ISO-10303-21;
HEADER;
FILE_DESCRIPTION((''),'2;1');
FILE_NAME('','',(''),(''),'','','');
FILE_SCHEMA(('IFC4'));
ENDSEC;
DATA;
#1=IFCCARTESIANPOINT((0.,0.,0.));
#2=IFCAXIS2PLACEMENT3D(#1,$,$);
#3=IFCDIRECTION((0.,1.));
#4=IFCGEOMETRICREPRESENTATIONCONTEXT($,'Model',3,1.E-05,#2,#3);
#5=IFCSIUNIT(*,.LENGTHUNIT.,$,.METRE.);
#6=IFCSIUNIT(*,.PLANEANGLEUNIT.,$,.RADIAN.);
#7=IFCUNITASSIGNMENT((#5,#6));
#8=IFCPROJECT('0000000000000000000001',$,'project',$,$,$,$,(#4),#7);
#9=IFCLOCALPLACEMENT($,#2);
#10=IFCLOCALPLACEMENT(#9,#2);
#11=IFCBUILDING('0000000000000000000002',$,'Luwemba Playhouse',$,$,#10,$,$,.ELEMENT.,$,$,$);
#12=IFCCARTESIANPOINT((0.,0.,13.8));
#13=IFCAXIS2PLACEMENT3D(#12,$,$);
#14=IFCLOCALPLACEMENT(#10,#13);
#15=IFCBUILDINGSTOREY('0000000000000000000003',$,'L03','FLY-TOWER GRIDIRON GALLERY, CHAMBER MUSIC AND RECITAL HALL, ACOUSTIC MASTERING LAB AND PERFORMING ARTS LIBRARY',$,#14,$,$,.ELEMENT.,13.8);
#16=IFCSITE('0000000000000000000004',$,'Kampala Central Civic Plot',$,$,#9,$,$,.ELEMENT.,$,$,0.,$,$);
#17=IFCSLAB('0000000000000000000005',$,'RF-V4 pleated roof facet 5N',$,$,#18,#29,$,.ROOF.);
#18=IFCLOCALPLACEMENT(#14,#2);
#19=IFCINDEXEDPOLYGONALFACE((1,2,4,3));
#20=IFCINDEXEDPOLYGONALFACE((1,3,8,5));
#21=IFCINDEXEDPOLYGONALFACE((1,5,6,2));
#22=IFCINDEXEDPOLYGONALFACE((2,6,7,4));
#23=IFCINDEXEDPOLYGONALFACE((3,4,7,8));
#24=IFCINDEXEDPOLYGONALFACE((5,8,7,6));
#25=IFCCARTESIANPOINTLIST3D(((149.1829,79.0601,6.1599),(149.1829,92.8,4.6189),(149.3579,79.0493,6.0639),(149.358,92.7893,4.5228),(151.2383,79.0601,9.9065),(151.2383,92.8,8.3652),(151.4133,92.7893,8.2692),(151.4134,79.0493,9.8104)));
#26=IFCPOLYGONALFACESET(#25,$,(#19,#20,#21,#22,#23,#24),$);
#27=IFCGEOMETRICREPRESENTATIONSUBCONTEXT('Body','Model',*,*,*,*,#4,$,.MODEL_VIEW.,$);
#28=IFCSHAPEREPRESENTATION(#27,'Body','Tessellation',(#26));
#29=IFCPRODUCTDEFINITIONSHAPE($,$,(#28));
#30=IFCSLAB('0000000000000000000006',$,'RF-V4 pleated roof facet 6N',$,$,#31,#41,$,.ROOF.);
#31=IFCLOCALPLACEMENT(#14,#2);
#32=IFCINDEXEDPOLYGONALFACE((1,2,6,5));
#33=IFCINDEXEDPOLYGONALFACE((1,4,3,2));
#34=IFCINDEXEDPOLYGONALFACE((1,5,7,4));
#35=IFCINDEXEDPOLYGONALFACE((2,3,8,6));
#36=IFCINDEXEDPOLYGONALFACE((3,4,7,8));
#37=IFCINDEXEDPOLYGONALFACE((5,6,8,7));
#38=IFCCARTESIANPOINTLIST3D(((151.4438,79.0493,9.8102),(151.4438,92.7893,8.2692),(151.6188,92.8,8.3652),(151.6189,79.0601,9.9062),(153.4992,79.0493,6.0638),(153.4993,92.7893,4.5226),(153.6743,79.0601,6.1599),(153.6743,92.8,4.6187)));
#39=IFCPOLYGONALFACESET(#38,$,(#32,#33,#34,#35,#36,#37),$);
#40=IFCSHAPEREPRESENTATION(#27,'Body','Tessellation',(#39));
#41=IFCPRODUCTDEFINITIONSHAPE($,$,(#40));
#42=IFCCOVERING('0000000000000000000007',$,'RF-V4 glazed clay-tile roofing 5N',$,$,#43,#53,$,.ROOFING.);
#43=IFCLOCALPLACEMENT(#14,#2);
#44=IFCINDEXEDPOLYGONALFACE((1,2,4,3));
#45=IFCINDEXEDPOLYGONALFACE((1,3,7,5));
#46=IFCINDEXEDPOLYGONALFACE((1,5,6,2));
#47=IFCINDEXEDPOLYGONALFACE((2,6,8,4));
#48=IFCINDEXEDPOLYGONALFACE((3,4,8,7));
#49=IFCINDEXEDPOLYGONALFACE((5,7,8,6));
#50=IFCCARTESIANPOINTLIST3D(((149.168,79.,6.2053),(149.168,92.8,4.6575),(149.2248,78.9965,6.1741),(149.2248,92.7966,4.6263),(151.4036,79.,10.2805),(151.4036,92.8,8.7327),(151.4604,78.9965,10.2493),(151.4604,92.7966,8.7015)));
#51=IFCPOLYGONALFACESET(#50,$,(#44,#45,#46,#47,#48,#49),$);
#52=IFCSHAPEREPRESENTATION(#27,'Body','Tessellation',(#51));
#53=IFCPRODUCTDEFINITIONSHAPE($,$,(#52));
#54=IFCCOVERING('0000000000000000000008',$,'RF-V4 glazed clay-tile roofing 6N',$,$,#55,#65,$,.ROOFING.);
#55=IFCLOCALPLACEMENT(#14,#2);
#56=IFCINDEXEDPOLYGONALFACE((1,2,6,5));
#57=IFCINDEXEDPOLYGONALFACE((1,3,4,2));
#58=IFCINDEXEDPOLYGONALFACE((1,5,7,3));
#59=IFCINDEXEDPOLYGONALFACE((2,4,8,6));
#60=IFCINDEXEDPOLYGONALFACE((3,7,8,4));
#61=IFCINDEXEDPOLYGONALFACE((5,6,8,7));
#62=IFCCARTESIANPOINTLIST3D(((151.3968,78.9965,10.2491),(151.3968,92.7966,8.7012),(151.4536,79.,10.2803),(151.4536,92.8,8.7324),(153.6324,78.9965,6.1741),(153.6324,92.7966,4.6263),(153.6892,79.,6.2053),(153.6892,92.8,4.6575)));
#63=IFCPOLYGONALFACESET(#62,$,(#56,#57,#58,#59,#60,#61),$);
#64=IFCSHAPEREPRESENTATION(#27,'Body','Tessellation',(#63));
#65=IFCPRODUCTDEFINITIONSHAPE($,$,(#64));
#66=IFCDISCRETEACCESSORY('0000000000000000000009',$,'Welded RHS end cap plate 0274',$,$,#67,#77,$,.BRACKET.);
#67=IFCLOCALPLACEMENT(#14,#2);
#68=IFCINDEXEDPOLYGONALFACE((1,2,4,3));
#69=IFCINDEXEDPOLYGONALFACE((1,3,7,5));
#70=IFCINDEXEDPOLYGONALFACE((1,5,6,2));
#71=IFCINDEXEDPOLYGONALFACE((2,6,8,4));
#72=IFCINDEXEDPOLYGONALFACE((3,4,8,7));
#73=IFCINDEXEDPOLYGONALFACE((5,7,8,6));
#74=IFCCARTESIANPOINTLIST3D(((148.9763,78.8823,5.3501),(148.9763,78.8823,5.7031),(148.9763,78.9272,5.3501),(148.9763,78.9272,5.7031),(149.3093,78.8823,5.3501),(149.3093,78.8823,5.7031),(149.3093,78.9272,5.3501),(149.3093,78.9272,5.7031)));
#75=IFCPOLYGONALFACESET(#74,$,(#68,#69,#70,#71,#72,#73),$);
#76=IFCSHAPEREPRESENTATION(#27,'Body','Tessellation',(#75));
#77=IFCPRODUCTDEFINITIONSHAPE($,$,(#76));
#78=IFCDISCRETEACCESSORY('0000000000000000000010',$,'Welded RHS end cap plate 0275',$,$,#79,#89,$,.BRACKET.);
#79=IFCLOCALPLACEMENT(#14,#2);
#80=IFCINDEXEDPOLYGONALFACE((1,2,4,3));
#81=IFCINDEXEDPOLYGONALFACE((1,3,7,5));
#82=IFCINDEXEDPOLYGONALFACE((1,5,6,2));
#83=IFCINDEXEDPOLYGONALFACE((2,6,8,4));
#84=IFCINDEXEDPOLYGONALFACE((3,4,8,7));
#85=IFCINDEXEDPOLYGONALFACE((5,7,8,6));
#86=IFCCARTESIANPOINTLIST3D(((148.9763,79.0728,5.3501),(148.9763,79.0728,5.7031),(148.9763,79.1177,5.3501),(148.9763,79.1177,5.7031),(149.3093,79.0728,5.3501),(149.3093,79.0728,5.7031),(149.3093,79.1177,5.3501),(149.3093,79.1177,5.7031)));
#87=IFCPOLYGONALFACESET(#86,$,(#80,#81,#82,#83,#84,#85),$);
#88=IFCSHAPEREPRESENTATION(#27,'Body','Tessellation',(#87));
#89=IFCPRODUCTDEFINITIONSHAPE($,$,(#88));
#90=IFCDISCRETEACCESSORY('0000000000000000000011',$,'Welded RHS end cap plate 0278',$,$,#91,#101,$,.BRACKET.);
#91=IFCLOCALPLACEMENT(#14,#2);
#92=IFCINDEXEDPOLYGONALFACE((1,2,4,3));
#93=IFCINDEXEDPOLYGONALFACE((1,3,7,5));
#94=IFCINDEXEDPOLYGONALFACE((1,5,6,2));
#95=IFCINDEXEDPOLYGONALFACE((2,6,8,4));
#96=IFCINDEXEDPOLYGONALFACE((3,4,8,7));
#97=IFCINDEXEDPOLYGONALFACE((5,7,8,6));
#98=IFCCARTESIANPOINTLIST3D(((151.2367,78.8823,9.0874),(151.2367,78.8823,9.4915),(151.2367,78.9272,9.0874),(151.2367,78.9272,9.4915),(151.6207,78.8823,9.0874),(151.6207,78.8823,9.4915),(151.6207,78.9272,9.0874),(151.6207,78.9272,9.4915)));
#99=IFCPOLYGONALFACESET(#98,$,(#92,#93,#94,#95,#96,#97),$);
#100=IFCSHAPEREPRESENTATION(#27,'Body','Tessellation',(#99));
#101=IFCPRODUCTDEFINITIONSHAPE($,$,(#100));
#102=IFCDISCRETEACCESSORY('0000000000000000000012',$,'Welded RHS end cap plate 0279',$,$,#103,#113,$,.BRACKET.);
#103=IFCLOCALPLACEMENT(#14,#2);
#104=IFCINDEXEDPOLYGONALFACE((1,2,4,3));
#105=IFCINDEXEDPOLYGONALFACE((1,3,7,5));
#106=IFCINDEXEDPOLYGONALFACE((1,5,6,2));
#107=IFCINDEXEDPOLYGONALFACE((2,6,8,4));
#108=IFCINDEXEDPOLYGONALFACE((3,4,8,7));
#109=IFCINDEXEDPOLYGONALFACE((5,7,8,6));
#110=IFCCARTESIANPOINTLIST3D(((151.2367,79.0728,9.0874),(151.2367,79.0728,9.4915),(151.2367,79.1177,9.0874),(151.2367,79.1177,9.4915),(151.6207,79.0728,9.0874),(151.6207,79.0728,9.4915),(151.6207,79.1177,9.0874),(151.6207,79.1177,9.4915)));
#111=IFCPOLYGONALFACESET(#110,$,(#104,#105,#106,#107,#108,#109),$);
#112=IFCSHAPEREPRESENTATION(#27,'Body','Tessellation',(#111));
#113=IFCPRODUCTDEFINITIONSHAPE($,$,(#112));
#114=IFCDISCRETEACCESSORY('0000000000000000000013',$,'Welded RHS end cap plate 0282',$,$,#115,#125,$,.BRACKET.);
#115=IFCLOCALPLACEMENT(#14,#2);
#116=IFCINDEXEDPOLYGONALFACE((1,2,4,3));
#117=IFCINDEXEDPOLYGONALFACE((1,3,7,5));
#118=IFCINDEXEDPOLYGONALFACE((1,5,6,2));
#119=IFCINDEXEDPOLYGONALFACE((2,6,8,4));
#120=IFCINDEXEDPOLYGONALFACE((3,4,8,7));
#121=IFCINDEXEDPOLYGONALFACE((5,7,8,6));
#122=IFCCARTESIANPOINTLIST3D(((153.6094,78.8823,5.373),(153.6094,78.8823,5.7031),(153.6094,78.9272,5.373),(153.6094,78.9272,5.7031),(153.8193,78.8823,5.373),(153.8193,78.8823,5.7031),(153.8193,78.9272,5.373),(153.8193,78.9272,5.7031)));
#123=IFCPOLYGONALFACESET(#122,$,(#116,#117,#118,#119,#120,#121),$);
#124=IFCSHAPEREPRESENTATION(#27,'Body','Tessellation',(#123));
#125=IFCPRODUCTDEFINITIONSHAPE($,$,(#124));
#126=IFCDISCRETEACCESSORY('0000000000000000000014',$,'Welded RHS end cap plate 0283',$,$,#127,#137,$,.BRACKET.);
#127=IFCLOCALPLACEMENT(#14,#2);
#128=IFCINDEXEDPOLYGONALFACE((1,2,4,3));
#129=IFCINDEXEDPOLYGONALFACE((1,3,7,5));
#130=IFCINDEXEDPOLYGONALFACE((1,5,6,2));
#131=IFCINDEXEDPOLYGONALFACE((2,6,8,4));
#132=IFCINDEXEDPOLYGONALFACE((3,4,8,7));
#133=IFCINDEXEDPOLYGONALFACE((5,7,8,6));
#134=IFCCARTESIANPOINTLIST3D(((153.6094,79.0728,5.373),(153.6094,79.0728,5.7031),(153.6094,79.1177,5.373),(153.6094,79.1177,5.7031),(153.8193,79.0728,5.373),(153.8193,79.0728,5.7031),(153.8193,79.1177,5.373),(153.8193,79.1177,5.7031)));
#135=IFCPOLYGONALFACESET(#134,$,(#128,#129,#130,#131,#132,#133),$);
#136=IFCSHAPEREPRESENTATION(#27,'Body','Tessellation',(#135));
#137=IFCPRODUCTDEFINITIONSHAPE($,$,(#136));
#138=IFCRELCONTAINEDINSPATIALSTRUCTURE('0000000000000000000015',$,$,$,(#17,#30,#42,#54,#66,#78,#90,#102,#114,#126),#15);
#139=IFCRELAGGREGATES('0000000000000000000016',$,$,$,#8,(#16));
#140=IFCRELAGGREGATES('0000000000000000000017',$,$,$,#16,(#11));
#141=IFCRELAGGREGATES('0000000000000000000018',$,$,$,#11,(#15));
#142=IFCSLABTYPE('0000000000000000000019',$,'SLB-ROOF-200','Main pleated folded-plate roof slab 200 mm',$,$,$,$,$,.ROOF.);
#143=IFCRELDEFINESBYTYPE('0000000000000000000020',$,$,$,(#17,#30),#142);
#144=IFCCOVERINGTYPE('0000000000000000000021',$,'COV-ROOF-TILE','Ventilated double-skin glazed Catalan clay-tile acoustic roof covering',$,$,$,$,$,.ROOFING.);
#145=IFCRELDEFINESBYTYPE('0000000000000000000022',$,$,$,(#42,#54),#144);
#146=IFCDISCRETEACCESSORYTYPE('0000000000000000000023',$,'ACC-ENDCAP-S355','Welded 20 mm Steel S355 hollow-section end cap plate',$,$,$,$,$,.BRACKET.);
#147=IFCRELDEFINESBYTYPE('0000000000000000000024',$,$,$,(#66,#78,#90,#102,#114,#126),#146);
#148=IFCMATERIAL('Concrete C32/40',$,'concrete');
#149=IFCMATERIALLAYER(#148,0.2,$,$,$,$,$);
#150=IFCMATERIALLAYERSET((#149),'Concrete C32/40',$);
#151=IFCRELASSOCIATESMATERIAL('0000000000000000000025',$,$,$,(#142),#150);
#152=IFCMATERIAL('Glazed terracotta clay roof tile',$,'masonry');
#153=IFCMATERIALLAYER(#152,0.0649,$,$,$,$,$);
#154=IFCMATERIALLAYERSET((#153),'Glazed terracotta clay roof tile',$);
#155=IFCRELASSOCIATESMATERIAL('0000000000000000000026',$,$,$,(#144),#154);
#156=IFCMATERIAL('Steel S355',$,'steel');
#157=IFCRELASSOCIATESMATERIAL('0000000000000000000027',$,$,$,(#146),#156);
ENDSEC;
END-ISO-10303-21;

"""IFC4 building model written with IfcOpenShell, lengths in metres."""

from ifc_helpers import new_model, si_unit, direction, frame, origin, origin_2d, place, context, subcontext, project, spatial, polyline, rectangle, outline, extrude, material, layer, layer_set, type_object, element, save


model = new_model("IFC4")

# Units and contexts
model_context = context("Model", 3, precision=1e-05, world=origin(), true_north=direction((0.0, 1.0)))
body_context = subcontext(model_context, "Body", "Model", "MODEL_VIEW")
ifc_project = project(units=[si_unit("LENGTHUNIT", "METRE"), si_unit("PLANEANGLEUNIT", "RADIAN")], contexts=[model_context])

# Site, building, storey
site_placement = place(None, origin())
site = spatial("IfcSite", under=ifc_project, at=site_placement, Name="Kampala Central Civic Plot", CompositionType="ELEMENT", RefElevation=0.0)
building_placement = place(site_placement, origin())
building = spatial("IfcBuilding", under=site, at=building_placement, Name="Luwemba Playhouse", CompositionType="ELEMENT")
storey_placement = place(building_placement, frame((0.0, 0.0, 13.8)))
storey = spatial("IfcBuildingStorey", under=building, at=storey_placement, Name="L03", Description="FLY-TOWER GRIDIRON GALLERY, CHAMBER MUSIC AND RECITAL HALL, ACOUSTIC MASTERING LAB AND PERFORMING ARTS LIBRARY", CompositionType="ELEMENT", Elevation=13.8)

# Shared definitions
ifc_material_1 = material(Name="Steel S355", Category="steel")

# Slabs
ifc_material_2 = material(Name="Concrete C32/40", Category="concrete")
ifc_layer_1 = layer(ifc_material_2, 0.2)
ifc_layer_set_1 = layer_set([ifc_layer_1], Name="Concrete C32/40")
slab_type = type_object("IfcSlabType", Name="SLB-ROOF-200", Description="Main pleated folded-plate roof slab 200 mm", PredefinedType="ROOF", material=ifc_layer_set_1)
slab_1_placement = place(storey_placement, frame((149.1829, 79.0601, 6.1599), z_axis=(-0.87545, 0.053872, 0.480298), x_axis=(0.480996, -0.000001, 0.876723)))
element("IfcSlab", 1, at=slab_1_placement, inside=storey, type_object=slab_type, Name="RF-V4 pleated roof facet 5N", PredefinedType="ROOF", context=body_context, shape_type="SweptSolid", body=[
    extrude(outline(polyline([(0.0, 0.0), (4.2734, 0.0), (2.9221, 13.76), (-1.3511, 13.76), (0.0, 0.0)])), origin(), (0.0, 0.0, -1.0), 0.2),
])
slab_2_placement = place(storey_placement, frame((151.6189, 79.0601, 9.9062), z_axis=(0.87545, 0.053872, 0.480298), x_axis=(0.480996, -0.000001, -0.876723)))
element("IfcSlab", 2, at=slab_2_placement, inside=storey, type_object=slab_type, Name="RF-V4 pleated roof facet 6N", PredefinedType="ROOF", context=body_context, shape_type="SweptSolid", body=[
    extrude(outline(polyline([(0.0, 0.0), (4.2731, 0.0), (5.6244, 13.76), (1.351, 13.76), (0.0, 0.0)])), origin(), (0.0, 0.0, -1.0), 0.2),
])

# Coverings
ifc_material_3 = material(Name="Glazed terracotta clay roof tile", Category="masonry")
ifc_layer_2 = layer(ifc_material_3, 0.0649)
ifc_layer_set_2 = layer_set([ifc_layer_2], Name="Glazed terracotta clay roof tile")
covering_type = type_object("IfcCoveringType", Name="COV-ROOF-TILE", Description="Ventilated double-skin glazed Catalan clay-tile acoustic roof covering", PredefinedType="ROOFING", material=ifc_layer_set_2)
covering_1_placement = place(storey_placement, frame((149.168, 79.0, 6.2053), z_axis=(-0.875466, 0.053868, 0.480268), x_axis=(0.480967, 0.0, 0.876739)))
element("IfcCovering", 3, at=covering_1_placement, inside=storey, type_object=covering_type, Name="RF-V4 glazed clay-tile roofing 5N", PredefinedType="ROOFING", context=body_context, shape_type="SweptSolid", body=[
    extrude(outline(polyline([(0.0, 0.0), (4.6481, 0.0), (3.2911, 13.8201), (-1.3571, 13.8201), (0.0, 0.0)])), origin(), (0.0, 0.0, -1.0), 0.0649),
])
covering_2_placement = place(storey_placement, frame((151.4536, 79.0, 10.2803), z_axis=(0.875454, 0.053871, 0.48029), x_axis=(0.480989, 0.0, -0.876727)))
element("IfcCovering", 4, at=covering_2_placement, inside=storey, type_object=covering_type, Name="RF-V4 glazed clay-tile roofing 6N", PredefinedType="ROOFING", context=body_context, shape_type="SweptSolid", body=[
    extrude(outline(polyline([(0.0, 0.0), (4.6479, 0.0), (6.005, 13.8201), (1.357, 13.8201), (0.0, 0.0)])), origin(), (0.0, 0.0, -1.0), 0.0649),
])

# Discrete accessories
discrete_accessory_type = type_object("IfcDiscreteAccessoryType", Name="ACC-ENDCAP-S355", Description="Welded 20 mm Steel S355 hollow-section end cap plate", PredefinedType="BRACKET", material=ifc_material_1)
for number, where, z_axis, x_axis, name in (
    (5, (149.1428, 78.9048, 5.3501), (0.0, 0.0, 1.0), (1.0, 0.0, 0.0), "Welded RHS end cap plate 0274"),
    (6, (149.1428, 79.0952, 5.3501), (0.0, 0.0, 1.0), (1.0, 0.0, 0.0), "Welded RHS end cap plate 0275"),
):
    element("IfcDiscreteAccessory", number, at=place(storey_placement, frame(where, z_axis=z_axis, x_axis=x_axis)), inside=storey, type_object=discrete_accessory_type, Name=name, PredefinedType="BRACKET", context=body_context, shape_type="SweptSolid", body=[
        extrude(rectangle(XDim=0.333, YDim=0.0449, at=origin_2d()), origin(), (0.0, 0.0, 1.0), 0.353),
    ])
for number, where, z_axis, x_axis, name in (
    (7, (151.4287, 78.9048, 9.0874), (0.0, 0.0, 1.0), (1.0, 0.0, 0.0), "Welded RHS end cap plate 0278"),
    (8, (151.4287, 79.0952, 9.0874), (0.0, 0.0, 1.0), (1.0, 0.0, 0.0), "Welded RHS end cap plate 0279"),
):
    element("IfcDiscreteAccessory", number, at=place(storey_placement, frame(where, z_axis=z_axis, x_axis=x_axis)), inside=storey, type_object=discrete_accessory_type, Name=name, PredefinedType="BRACKET", context=body_context, shape_type="SweptSolid", body=[
        extrude(rectangle(XDim=0.384, YDim=0.0449, at=origin_2d()), origin(), (0.0, 0.0, 1.0), 0.4041),
    ])
for number, where, z_axis, x_axis, name in (
    (9, (153.7144, 78.9048, 5.373), (0.0, 0.0, 1.0), (1.0, 0.0, 0.0), "Welded RHS end cap plate 0282"),
    (10, (153.7144, 79.0952, 5.373), (0.0, 0.0, 1.0), (1.0, 0.0, 0.0), "Welded RHS end cap plate 0283"),
):
    element("IfcDiscreteAccessory", number, at=place(storey_placement, frame(where, z_axis=z_axis, x_axis=x_axis)), inside=storey, type_object=discrete_accessory_type, Name=name, PredefinedType="BRACKET", context=body_context, shape_type="SweptSolid", body=[
        extrude(rectangle(XDim=0.21, YDim=0.0449, at=origin_2d()), origin(), (0.0, 0.0, 1.0), 0.3301),
    ])

save(model, "model.ifc")
